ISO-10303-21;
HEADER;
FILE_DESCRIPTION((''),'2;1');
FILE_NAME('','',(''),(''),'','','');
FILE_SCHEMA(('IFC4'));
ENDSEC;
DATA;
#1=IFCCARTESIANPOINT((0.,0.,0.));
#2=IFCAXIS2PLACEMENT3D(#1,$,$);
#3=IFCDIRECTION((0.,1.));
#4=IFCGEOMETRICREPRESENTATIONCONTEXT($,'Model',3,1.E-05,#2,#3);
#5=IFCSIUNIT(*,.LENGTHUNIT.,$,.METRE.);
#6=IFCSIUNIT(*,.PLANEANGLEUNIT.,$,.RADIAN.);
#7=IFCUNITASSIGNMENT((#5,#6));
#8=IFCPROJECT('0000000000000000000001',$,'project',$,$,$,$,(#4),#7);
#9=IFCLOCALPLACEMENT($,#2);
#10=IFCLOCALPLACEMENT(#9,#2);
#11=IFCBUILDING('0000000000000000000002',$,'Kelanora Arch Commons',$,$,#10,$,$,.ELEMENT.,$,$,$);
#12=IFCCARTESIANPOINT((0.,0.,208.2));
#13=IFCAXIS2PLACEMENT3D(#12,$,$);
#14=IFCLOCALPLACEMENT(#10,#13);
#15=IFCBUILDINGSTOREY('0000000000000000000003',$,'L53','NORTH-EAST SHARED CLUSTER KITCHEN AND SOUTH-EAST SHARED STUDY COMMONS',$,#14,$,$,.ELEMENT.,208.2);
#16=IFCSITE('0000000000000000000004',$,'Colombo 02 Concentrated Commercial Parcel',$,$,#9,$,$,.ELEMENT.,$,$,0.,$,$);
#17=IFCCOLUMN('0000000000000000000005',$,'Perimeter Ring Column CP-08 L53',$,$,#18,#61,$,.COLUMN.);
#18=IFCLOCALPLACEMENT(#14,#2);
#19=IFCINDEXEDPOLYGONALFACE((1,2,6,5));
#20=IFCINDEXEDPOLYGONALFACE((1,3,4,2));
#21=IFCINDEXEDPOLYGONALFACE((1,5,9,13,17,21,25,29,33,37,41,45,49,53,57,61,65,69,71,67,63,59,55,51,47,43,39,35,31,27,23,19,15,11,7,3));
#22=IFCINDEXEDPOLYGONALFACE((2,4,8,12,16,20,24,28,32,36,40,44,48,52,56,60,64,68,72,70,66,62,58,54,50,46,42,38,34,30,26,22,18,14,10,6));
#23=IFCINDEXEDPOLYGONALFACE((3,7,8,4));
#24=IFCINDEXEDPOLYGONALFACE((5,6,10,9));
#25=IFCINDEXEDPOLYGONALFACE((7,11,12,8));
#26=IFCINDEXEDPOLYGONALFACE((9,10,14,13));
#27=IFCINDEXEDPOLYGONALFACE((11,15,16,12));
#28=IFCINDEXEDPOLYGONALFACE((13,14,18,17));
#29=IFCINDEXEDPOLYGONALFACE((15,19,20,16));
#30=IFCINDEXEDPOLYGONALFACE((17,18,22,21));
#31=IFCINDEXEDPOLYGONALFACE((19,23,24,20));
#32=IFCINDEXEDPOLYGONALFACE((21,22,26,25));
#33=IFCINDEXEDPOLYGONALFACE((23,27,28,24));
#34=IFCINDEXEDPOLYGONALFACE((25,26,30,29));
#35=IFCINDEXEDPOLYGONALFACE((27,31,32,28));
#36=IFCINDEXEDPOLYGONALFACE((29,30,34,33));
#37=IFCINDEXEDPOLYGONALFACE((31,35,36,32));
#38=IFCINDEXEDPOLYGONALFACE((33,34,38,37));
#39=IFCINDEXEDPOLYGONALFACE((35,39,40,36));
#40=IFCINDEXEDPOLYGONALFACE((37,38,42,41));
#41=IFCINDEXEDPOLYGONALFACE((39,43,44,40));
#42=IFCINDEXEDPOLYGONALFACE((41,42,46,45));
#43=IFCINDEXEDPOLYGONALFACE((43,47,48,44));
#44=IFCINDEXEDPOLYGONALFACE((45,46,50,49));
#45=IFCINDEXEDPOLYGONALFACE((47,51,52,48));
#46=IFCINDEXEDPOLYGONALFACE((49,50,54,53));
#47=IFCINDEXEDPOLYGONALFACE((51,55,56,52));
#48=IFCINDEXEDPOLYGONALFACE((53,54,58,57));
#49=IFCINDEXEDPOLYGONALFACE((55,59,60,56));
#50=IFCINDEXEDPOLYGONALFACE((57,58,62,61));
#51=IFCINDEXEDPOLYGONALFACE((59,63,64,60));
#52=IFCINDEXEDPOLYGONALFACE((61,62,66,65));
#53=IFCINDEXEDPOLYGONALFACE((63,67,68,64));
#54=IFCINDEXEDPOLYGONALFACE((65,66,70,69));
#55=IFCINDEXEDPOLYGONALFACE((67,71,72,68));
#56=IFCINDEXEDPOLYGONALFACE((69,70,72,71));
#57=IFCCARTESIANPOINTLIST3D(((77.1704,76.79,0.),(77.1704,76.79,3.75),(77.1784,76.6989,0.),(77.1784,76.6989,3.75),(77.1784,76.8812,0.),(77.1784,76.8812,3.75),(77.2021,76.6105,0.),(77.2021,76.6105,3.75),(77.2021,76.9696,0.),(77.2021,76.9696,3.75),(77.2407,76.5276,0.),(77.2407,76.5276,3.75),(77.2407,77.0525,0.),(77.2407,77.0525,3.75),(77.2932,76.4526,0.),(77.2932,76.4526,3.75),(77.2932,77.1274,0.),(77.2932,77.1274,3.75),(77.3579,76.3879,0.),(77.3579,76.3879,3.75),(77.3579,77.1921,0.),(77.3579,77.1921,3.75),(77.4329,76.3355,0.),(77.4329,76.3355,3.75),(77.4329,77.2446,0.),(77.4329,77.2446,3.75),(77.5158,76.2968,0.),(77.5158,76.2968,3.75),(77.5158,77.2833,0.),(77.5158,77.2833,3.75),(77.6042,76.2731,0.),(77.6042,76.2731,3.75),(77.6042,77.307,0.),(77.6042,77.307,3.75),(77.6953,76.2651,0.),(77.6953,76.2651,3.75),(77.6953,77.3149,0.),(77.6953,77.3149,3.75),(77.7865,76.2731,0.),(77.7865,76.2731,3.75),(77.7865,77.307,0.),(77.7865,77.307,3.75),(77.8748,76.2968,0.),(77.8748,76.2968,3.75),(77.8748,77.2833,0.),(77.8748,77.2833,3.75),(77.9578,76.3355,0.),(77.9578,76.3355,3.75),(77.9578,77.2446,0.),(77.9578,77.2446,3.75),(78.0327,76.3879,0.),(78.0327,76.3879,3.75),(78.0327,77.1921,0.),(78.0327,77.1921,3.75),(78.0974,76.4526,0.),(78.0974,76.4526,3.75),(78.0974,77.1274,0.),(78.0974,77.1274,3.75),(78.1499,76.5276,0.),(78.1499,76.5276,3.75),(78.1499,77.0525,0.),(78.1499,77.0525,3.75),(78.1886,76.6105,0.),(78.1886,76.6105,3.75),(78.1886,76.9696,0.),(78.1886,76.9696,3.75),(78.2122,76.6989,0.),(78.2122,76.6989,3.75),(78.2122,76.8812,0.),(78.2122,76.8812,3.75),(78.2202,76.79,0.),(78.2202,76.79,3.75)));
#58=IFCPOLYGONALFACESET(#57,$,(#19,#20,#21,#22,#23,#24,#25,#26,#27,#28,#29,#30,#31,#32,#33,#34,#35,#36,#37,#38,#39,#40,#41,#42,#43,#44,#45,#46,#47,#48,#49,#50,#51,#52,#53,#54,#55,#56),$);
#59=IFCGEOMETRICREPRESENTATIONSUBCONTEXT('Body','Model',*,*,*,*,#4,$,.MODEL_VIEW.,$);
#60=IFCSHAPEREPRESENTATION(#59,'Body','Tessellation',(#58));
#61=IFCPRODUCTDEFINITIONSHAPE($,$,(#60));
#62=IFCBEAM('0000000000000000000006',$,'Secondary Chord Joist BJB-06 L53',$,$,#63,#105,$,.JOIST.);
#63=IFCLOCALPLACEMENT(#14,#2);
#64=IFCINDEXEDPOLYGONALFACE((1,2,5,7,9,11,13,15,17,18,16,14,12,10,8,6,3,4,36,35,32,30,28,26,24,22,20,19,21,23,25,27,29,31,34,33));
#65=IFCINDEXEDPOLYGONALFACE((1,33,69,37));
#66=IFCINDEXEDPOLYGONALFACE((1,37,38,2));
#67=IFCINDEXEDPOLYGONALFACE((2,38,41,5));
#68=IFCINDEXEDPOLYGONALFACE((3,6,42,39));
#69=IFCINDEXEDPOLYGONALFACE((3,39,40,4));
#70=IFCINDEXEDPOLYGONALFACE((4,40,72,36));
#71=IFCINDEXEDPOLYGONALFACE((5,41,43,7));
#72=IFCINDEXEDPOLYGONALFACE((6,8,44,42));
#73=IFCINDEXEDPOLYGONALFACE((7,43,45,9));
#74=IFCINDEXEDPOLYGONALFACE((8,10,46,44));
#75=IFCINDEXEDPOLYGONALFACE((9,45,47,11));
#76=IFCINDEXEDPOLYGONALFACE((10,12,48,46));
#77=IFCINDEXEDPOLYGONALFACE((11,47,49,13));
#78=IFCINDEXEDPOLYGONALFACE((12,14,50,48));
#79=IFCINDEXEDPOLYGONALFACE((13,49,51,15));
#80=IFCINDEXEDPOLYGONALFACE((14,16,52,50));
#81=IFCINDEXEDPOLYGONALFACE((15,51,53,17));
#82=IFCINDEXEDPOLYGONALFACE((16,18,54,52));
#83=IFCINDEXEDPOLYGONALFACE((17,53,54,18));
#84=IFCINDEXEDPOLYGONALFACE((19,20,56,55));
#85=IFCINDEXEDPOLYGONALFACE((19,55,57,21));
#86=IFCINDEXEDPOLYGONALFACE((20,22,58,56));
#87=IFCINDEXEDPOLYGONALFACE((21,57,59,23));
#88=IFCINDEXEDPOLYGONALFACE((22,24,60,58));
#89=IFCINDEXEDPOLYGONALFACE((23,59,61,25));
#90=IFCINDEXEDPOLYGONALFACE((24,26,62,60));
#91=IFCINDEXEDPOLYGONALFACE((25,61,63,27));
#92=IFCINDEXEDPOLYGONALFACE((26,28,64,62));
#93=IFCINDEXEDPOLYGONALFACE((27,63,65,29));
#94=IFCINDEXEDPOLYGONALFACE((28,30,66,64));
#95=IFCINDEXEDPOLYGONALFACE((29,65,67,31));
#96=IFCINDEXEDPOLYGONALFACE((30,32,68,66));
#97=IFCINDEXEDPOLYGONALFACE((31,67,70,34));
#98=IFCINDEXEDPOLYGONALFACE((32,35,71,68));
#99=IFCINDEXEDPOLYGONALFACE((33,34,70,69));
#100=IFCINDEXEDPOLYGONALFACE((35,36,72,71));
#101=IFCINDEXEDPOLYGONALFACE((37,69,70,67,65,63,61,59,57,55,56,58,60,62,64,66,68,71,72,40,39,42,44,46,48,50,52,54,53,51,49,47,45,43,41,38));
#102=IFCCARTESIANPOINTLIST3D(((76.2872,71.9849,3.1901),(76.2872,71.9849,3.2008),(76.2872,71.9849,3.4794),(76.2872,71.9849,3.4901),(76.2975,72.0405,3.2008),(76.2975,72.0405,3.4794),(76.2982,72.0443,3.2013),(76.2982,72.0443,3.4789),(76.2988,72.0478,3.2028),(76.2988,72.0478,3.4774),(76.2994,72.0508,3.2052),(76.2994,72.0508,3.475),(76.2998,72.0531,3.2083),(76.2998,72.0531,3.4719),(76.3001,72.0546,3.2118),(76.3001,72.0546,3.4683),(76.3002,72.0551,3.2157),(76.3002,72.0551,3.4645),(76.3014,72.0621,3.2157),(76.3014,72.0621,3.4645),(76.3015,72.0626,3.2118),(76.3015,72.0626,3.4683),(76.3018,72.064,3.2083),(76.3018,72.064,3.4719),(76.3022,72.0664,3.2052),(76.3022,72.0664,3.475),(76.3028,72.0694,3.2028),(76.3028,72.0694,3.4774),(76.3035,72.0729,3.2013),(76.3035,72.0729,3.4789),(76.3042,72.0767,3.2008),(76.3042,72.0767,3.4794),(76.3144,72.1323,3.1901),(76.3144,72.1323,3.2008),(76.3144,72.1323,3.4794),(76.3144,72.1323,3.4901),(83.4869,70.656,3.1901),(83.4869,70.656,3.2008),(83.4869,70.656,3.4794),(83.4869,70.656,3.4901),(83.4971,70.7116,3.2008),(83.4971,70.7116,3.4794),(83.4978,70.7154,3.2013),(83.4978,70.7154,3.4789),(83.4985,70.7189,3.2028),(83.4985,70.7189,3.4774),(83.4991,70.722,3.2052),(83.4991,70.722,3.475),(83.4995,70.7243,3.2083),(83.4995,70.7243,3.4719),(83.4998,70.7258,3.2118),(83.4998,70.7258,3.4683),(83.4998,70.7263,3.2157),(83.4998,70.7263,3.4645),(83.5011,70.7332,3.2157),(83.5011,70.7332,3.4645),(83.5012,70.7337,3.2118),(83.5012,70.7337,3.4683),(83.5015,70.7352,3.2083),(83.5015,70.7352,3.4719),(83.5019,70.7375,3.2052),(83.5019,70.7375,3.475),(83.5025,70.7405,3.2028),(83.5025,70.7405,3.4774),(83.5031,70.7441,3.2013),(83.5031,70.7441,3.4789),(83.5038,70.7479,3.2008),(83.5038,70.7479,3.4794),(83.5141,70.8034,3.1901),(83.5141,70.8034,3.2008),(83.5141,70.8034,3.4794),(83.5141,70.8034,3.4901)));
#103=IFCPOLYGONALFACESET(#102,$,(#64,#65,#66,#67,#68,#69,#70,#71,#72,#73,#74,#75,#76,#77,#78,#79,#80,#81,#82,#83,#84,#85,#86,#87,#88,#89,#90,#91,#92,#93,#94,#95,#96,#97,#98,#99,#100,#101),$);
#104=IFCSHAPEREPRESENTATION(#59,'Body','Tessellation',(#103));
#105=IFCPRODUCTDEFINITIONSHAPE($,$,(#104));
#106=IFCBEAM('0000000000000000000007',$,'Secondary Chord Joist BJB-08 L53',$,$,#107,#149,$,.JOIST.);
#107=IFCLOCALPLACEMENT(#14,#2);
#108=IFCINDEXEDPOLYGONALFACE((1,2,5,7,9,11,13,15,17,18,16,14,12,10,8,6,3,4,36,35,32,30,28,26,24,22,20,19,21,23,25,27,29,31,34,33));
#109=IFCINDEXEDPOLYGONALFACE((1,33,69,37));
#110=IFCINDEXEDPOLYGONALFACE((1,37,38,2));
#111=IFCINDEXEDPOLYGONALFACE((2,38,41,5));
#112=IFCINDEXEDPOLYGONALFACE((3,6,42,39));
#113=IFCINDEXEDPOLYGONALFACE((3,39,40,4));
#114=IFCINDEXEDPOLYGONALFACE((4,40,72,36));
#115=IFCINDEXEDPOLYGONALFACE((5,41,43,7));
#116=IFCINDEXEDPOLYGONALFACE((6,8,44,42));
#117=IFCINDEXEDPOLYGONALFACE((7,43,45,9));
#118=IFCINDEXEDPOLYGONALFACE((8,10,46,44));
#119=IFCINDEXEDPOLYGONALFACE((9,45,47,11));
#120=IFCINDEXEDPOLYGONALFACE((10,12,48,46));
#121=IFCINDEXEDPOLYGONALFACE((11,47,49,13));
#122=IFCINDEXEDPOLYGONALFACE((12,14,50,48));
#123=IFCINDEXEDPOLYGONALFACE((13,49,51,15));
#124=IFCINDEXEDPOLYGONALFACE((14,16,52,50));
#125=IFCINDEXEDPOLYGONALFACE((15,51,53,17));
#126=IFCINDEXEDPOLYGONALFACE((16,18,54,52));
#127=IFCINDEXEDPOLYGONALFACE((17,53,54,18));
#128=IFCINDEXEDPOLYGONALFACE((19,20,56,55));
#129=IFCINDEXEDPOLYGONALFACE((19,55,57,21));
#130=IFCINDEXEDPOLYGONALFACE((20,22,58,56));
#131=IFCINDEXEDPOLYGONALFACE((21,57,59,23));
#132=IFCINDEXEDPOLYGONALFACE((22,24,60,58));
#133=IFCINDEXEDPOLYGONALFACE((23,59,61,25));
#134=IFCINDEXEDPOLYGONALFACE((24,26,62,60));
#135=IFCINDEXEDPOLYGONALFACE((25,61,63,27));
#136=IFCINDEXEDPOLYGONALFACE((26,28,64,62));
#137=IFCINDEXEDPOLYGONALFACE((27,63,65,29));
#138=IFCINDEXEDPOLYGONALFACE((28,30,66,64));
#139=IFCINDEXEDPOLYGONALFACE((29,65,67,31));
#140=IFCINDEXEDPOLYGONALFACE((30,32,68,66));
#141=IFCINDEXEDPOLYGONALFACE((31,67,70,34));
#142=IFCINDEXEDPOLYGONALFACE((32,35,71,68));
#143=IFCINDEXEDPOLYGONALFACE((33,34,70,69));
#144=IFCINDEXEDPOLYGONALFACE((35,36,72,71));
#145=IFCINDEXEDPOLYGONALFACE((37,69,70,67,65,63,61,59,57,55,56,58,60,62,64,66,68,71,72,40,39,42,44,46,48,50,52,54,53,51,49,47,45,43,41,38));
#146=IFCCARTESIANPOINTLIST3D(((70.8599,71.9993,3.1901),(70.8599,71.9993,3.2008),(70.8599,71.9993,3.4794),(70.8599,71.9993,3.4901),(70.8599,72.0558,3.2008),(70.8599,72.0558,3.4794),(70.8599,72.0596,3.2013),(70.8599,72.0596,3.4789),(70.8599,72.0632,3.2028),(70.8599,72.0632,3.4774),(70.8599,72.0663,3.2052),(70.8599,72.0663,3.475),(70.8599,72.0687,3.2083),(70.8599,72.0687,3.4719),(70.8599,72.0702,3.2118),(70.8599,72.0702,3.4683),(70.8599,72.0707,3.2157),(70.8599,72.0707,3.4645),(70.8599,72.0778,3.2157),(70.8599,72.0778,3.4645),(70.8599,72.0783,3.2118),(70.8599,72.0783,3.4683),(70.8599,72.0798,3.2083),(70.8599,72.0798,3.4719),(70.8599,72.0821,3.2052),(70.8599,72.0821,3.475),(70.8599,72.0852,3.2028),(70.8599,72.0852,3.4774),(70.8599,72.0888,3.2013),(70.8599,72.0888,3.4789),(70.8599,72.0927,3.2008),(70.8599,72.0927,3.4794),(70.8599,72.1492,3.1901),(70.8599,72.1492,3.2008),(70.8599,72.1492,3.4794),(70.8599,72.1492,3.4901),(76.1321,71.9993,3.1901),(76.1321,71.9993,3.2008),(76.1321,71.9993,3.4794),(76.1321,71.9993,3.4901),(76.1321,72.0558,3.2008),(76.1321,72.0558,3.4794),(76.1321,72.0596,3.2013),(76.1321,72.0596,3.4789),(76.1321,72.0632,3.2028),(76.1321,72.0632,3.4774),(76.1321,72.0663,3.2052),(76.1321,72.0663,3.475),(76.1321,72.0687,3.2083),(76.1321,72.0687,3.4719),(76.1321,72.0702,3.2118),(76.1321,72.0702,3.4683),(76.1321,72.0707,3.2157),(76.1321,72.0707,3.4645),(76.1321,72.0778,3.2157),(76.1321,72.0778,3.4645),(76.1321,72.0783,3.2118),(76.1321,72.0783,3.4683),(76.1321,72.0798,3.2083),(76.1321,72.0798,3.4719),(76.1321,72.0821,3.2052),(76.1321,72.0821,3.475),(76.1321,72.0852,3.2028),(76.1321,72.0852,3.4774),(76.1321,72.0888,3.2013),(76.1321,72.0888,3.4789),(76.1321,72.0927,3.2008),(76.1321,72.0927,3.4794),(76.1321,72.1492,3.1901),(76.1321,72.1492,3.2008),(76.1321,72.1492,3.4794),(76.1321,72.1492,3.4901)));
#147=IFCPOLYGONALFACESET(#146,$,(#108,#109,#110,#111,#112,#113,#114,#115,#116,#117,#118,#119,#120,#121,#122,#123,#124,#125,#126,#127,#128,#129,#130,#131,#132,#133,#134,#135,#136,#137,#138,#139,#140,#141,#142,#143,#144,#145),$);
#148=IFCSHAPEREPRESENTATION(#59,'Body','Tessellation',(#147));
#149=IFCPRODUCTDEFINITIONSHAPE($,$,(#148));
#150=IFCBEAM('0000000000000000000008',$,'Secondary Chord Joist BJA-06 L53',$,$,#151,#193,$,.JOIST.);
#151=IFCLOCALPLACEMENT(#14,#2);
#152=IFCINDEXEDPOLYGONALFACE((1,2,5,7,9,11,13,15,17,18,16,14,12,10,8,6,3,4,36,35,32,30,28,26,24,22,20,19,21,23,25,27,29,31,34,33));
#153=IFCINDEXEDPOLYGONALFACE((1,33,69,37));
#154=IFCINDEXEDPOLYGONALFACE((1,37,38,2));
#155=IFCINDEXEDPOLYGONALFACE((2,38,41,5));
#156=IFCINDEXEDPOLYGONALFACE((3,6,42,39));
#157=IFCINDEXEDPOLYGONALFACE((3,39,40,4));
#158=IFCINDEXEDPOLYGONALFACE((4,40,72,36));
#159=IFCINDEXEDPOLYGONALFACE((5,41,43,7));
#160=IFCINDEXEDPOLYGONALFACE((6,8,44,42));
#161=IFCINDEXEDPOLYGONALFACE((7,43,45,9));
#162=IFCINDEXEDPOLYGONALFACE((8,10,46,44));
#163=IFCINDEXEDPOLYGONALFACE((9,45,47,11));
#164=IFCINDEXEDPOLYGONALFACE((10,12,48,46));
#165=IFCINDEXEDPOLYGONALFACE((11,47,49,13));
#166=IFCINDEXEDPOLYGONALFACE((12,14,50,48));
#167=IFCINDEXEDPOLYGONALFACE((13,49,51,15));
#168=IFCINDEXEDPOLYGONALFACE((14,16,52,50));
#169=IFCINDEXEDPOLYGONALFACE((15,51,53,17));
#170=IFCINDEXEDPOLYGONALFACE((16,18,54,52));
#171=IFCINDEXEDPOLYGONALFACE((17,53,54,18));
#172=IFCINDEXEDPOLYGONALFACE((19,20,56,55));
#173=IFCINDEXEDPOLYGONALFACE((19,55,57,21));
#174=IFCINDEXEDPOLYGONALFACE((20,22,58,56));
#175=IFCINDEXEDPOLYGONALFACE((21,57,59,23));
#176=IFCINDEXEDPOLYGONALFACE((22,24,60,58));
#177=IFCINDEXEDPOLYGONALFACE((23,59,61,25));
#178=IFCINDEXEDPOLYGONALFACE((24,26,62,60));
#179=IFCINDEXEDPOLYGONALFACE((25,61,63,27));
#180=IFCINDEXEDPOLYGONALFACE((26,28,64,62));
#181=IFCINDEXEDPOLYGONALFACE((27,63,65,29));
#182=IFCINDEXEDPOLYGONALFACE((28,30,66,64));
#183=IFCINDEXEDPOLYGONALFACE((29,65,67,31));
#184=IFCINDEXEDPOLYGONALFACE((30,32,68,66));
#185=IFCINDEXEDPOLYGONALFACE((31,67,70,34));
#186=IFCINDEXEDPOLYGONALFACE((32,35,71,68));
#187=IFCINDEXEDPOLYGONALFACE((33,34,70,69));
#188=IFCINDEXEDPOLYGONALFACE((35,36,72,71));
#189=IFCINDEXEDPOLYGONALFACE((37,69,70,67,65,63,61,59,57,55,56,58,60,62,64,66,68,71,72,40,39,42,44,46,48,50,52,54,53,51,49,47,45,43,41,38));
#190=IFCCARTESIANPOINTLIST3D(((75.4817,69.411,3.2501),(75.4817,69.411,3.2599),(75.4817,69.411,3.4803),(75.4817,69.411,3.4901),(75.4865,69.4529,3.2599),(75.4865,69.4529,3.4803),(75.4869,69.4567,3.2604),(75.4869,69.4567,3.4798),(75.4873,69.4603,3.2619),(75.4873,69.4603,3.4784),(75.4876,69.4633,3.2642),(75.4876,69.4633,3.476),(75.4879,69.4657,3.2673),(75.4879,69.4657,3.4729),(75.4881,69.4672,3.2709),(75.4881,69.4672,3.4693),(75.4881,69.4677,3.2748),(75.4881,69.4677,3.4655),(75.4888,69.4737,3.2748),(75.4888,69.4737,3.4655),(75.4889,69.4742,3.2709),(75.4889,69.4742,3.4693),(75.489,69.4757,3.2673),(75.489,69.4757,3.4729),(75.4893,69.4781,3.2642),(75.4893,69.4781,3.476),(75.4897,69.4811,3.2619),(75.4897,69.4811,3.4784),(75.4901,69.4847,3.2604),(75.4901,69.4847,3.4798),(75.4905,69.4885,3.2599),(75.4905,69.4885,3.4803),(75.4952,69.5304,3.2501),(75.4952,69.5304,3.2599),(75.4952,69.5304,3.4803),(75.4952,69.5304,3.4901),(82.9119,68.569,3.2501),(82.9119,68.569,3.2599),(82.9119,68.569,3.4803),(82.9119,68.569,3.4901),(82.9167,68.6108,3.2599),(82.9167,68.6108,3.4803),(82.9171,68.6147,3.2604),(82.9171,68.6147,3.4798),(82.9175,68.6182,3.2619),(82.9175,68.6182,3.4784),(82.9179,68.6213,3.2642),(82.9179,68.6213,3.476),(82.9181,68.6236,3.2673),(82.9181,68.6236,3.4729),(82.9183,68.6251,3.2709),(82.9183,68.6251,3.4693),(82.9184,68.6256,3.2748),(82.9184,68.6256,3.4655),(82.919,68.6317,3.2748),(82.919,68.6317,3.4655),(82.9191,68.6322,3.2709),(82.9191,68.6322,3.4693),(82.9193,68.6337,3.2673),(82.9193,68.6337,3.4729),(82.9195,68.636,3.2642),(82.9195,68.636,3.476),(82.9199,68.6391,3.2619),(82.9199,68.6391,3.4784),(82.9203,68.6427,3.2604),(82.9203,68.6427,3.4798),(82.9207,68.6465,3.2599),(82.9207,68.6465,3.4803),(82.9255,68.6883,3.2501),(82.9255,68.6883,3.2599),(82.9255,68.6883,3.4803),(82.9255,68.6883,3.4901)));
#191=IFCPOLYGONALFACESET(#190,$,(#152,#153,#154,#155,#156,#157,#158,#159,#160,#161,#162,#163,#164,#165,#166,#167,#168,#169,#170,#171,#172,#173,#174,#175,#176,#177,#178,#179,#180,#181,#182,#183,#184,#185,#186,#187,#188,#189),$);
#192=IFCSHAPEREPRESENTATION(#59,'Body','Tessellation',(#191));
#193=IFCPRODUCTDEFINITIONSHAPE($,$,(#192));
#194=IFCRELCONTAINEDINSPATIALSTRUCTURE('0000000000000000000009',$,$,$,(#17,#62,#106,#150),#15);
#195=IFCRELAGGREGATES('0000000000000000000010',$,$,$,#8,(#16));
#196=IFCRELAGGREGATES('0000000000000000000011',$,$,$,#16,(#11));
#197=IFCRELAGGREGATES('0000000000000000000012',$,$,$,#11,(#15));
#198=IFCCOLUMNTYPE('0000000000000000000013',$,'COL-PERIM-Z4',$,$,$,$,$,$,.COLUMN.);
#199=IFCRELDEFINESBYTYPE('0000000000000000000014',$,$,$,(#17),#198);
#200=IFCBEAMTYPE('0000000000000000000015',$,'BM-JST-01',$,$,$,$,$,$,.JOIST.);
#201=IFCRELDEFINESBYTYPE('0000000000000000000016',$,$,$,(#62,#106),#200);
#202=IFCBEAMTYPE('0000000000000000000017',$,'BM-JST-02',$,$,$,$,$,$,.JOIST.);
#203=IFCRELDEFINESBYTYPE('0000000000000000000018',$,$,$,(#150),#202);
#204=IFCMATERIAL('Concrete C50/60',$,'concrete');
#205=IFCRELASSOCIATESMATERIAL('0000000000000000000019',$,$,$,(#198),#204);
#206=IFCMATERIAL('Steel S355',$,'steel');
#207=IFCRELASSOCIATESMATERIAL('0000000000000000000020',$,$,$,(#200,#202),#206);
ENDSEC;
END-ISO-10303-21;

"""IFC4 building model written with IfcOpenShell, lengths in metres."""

from ifc_helpers import new_model, si_unit, direction, frame, origin, origin_2d, place, context, subcontext, project, spatial, circle, i_section, extrude, material, material_profile, profile_set, type_object, element, save


model = new_model("IFC4")

# Units and contexts
model_context = context("Model", 3, precision=1e-05, world=origin(), true_north=direction((0.0, 1.0)))
body_context = subcontext(model_context, "Body", "Model", "MODEL_VIEW")
ifc_project = project(units=[si_unit("LENGTHUNIT", "METRE"), si_unit("PLANEANGLEUNIT", "RADIAN")], contexts=[model_context])

# Site, building, storey
site_placement = place(None, origin())
site = spatial("IfcSite", under=ifc_project, at=site_placement, Name="Colombo 02 Concentrated Commercial Parcel", CompositionType="ELEMENT", RefElevation=0.0)
building_placement = place(site_placement, origin())
building = spatial("IfcBuilding", under=site, at=building_placement, Name="Kelanora Arch Commons", CompositionType="ELEMENT")
storey_placement = place(building_placement, frame((0.0, 0.0, 208.2)))
storey = spatial("IfcBuildingStorey", under=building, at=storey_placement, Name="L53", Description="NORTH-EAST SHARED CLUSTER KITCHEN AND SOUTH-EAST SHARED STUDY COMMONS", CompositionType="ELEMENT", Elevation=208.2)

# Column
ifc_material_1 = material(Name="Concrete C50/60", Category="concrete")
ifc_material_profile_1 = material_profile(ifc_material_1, circle(Radius=0.5249, at=origin_2d()), Name="RCC1050")
ifc_profile_set_1 = profile_set([ifc_material_profile_1], Name="Concrete C50/60")
column_type = type_object("IfcColumnType", Name="COL-PERIM-Z4", PredefinedType="COLUMN", material=ifc_profile_set_1)
column_placement = place(storey_placement, frame((77.6953, 76.79, 0.0), z_axis=(0.0, 0.0, 1.0), x_axis=(1.0, 0.0, 0.0)))
element("IfcColumn", 1, at=column_placement, inside=storey, type_object=column_type, Name="Perimeter Ring Column CP-08 L53", PredefinedType="COLUMN", context=body_context, shape_type="SweptSolid", body=[
    extrude(circle(Radius=0.5249, at=origin_2d()), origin(), (0.0, 0.0, 1.0), 3.75),
])

# Beams
ifc_material_2 = material(Name="Steel S355", Category="steel")
ifc_material_profile_2 = material_profile(ifc_material_2, i_section(OverallWidth=0.1499, OverallDepth=0.3, WebThickness=0.0071, FlangeThickness=0.0107, FilletRadius=0.0149, at=origin_2d()), Name="IPE300")
ifc_profile_set_2 = profile_set([ifc_material_profile_2], Name="Steel S355")
beam_type_1 = type_object("IfcBeamType", Name="BM-JST-01", PredefinedType="JOIST", material=ifc_profile_set_2)
beam_1_placement = place(storey_placement, frame((83.5005, 70.7297, 3.3401), z_axis=(-0.98339, 0.181505, 0.0), x_axis=(-0.181505, -0.98339, 0.0)))
element("IfcBeam", 2, at=beam_1_placement, inside=storey, type_object=beam_type_1, Name="Secondary Chord Joist BJB-06 L53", PredefinedType="JOIST", context=body_context, shape_type="SweptSolid", body=[
    extrude(i_section(OverallWidth=0.1499, OverallDepth=0.3, WebThickness=0.0071, FlangeThickness=0.0107, FilletRadius=0.0149, at=origin_2d()), origin(), (0.0, 0.0, 1.0), 7.3213),
])
beam_2_placement = place(storey_placement, frame((76.1321, 72.0742, 3.3401), z_axis=(-1.0, 0.0, 0.0), x_axis=(0.0, -1.0, 0.0)))
element("IfcBeam", 3, at=beam_2_placement, inside=storey, type_object=beam_type_1, Name="Secondary Chord Joist BJB-08 L53", PredefinedType="JOIST", context=body_context, shape_type="SweptSolid", body=[
    extrude(i_section(OverallWidth=0.1499, OverallDepth=0.3, WebThickness=0.0071, FlangeThickness=0.0107, FilletRadius=0.0149, at=origin_2d()), origin(), (0.0, 0.0, 1.0), 5.2722),
])
ifc_material_profile_3 = material_profile(ifc_material_2, i_section(OverallWidth=0.1201, OverallDepth=0.24, WebThickness=0.0061, FlangeThickness=0.0098, FilletRadius=0.0149, at=origin_2d()), Name="IPE240")
ifc_profile_set_3 = profile_set([ifc_material_profile_3], Name="Steel S355")
beam_type_2 = type_object("IfcBeamType", Name="BM-JST-02", PredefinedType="JOIST", material=ifc_profile_set_3)
beam_3_placement = place(storey_placement, frame((82.9187, 68.6287, 3.3701), z_axis=(-0.99364, 0.112606, 0.0), x_axis=(-0.112606, -0.99364, 0.0)))
element("IfcBeam", 4, at=beam_3_placement, inside=storey, type_object=beam_type_2, Name="Secondary Chord Joist BJA-06 L53", PredefinedType="JOIST", context=body_context, shape_type="SweptSolid", body=[
    extrude(i_section(OverallWidth=0.1201, OverallDepth=0.24, WebThickness=0.0061, FlangeThickness=0.0098, FilletRadius=0.0149, at=origin_2d()), origin(), (0.0, 0.0, 1.0), 7.4778),
])

save(model, "model.ifc")
